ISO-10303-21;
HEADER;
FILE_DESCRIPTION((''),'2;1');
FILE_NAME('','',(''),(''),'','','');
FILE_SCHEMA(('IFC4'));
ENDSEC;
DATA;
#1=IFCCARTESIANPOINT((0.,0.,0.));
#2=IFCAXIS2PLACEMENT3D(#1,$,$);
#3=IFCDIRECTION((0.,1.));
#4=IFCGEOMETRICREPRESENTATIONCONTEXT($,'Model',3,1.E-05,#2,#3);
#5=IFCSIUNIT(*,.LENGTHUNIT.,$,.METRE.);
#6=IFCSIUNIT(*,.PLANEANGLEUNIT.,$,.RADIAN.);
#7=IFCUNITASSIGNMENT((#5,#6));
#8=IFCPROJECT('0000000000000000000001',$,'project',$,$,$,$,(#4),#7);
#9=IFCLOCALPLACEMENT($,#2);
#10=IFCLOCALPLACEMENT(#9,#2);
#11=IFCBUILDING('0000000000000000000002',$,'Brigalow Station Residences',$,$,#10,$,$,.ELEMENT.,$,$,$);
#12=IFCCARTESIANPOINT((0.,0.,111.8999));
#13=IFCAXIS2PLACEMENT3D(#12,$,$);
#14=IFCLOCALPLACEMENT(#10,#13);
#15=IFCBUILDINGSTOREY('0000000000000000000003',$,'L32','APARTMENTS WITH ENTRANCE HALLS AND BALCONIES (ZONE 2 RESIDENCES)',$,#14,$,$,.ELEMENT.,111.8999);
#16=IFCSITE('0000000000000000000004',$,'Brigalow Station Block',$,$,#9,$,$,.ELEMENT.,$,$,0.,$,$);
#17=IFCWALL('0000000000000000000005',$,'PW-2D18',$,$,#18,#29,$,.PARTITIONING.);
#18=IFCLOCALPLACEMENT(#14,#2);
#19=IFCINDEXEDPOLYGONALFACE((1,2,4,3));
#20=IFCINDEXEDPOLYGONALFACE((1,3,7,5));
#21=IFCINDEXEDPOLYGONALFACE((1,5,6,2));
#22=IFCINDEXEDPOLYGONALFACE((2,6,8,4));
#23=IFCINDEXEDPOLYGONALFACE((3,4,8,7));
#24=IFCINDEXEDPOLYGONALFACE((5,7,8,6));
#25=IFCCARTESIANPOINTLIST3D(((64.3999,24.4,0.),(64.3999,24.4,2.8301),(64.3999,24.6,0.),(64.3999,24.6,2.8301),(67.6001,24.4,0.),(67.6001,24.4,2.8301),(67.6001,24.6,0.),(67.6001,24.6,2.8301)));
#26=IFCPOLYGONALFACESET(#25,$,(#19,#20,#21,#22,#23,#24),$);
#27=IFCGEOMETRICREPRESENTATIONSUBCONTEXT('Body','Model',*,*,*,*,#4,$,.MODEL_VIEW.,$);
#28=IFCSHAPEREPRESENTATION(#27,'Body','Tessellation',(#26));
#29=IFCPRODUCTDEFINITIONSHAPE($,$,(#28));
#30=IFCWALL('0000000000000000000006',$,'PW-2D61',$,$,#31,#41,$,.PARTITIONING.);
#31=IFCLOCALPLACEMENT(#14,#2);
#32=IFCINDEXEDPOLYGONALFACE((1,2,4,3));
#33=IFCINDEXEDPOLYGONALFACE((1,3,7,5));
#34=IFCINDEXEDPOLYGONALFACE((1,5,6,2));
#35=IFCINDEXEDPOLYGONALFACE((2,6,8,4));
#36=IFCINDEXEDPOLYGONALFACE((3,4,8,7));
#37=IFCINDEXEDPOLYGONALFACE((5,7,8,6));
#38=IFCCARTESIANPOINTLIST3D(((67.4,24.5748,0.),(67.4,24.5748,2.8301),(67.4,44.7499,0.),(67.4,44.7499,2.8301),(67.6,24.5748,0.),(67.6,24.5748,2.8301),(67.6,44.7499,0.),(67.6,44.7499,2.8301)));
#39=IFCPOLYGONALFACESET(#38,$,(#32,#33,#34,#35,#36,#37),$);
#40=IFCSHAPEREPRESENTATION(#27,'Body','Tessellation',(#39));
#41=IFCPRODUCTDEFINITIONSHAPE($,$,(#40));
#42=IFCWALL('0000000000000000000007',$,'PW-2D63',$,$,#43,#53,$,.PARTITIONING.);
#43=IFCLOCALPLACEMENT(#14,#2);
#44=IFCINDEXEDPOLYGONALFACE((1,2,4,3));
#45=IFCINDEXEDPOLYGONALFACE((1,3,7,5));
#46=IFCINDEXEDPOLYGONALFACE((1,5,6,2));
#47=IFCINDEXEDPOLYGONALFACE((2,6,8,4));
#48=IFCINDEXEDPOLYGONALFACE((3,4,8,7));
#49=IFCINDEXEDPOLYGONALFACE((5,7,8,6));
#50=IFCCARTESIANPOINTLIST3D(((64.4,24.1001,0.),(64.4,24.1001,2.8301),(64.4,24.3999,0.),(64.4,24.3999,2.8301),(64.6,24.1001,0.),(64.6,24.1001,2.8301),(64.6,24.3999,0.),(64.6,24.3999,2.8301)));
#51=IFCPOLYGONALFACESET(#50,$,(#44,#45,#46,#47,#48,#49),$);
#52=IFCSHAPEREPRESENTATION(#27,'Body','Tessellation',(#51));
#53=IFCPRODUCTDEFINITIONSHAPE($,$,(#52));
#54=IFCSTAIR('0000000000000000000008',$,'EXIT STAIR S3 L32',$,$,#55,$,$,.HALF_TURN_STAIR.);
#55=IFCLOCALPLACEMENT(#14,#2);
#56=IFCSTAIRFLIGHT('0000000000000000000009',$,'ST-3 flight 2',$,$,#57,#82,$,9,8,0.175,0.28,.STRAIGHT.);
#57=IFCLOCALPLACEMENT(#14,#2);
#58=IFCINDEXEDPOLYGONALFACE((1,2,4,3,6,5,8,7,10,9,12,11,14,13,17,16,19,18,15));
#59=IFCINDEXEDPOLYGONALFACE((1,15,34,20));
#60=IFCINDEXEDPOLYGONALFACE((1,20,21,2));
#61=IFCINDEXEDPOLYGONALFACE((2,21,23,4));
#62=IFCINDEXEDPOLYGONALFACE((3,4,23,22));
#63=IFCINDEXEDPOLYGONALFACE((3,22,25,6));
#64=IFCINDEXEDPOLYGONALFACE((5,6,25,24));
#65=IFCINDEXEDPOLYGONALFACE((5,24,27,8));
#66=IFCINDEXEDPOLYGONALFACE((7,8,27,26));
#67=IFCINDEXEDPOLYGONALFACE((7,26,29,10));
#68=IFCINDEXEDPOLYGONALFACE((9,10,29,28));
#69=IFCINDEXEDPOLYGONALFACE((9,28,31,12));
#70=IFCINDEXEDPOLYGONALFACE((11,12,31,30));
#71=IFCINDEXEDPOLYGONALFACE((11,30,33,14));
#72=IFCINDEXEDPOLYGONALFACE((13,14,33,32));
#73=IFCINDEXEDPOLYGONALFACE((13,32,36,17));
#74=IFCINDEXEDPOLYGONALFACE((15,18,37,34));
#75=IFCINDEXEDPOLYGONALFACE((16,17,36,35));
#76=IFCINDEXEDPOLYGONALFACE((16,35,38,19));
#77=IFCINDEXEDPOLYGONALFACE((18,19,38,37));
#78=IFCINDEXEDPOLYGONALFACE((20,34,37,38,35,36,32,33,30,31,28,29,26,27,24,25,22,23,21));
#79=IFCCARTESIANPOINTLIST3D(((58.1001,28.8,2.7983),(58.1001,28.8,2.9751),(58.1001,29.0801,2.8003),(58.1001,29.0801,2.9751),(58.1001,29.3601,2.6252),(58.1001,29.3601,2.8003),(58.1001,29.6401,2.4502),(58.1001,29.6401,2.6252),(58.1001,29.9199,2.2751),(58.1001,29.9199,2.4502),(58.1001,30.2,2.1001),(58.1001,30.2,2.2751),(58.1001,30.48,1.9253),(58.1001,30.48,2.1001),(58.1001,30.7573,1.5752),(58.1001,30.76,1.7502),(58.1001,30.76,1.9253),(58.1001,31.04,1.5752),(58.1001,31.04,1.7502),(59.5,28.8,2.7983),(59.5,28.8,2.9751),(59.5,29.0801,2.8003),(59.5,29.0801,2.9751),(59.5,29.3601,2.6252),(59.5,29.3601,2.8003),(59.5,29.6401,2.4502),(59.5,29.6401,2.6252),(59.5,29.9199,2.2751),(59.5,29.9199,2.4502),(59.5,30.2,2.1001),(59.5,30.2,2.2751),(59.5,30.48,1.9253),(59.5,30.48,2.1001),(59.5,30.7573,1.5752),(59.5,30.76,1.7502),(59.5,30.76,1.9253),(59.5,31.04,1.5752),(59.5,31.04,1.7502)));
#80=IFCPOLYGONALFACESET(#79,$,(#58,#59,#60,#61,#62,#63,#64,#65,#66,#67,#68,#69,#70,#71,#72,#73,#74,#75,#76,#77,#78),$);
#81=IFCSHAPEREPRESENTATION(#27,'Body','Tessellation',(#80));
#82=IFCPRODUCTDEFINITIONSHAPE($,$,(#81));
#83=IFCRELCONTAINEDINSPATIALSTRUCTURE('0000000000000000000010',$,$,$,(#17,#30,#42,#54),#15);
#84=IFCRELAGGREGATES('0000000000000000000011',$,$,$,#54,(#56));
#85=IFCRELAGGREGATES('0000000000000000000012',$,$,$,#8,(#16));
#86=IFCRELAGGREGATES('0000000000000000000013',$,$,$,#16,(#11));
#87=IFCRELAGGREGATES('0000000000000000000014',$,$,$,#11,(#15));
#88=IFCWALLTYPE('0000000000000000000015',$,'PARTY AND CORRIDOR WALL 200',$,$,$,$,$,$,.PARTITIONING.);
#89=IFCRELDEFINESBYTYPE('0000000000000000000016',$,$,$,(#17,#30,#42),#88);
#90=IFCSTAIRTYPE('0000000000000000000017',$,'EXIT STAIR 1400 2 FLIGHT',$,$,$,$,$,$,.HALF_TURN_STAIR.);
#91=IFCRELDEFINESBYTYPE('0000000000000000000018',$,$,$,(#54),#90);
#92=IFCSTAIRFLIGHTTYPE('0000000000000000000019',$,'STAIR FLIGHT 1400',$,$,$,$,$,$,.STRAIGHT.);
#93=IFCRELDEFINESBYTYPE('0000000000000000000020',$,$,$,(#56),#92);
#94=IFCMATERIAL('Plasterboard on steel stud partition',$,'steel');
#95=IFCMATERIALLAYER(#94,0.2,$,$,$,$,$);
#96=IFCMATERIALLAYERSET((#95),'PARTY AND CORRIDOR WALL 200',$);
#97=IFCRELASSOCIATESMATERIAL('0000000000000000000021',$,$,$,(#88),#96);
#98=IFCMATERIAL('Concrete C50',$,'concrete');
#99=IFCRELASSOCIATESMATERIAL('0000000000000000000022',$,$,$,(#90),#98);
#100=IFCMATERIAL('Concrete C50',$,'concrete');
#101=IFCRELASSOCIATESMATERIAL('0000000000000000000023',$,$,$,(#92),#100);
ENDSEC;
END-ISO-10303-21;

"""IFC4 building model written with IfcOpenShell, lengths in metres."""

from ifc_helpers import new_model, si_unit, direction, frame, frame_2d, origin, place, context, subcontext, project, spatial, polyline, rectangle, outline, extrude, material, layer, layer_set, type_object, element, aggregate, save


model = new_model("IFC4")

# Units and contexts
model_context = context("Model", 3, precision=1e-05, world=origin(), true_north=direction((0.0, 1.0)))
body_context = subcontext(model_context, "Body", "Model", "MODEL_VIEW")
ifc_project = project(units=[si_unit("LENGTHUNIT", "METRE"), si_unit("PLANEANGLEUNIT", "RADIAN")], contexts=[model_context])

# Site, building, storey
site_placement = place(None, origin())
site = spatial("IfcSite", under=ifc_project, at=site_placement, Name="Brigalow Station Block", CompositionType="ELEMENT", RefElevation=0.0)
building_placement = place(site_placement, origin())
building = spatial("IfcBuilding", under=site, at=building_placement, Name="Brigalow Station Residences", CompositionType="ELEMENT")
storey_placement = place(building_placement, frame((0.0, 0.0, 111.8999)))
storey = spatial("IfcBuildingStorey", under=building, at=storey_placement, Name="L32", Description="APARTMENTS WITH ENTRANCE HALLS AND BALCONIES (ZONE 2 RESIDENCES)", CompositionType="ELEMENT", Elevation=111.8999)

# Walls
ifc_material_1 = material(Name="Plasterboard on steel stud partition", Category="steel")
ifc_layer_1 = layer(ifc_material_1, 0.2)
ifc_layer_set_1 = layer_set([ifc_layer_1], Name="PARTY AND CORRIDOR WALL 200")
wall_type_1 = type_object("IfcWallType", Name="PARTY AND CORRIDOR WALL 200", PredefinedType="PARTITIONING", material=ifc_layer_set_1)
wall_1_placement = place(storey_placement, frame((64.3999, 24.5, 0.0), z_axis=(0.0, 0.0, 1.0), x_axis=(1.0, 0.0, 0.0)))
element("IfcWall", 1, at=wall_1_placement, inside=storey, type_object=wall_type_1, Name="PW-2D18", PredefinedType="PARTITIONING", context=body_context, shape_type="SweptSolid", body=[
    extrude(rectangle(XDim=3.2002, YDim=0.2, at=frame_2d((1.6001, 0.0))), origin(), (0.0, 0.0, 1.0), 2.8301),
])
wall_2_placement = place(storey_placement, frame((67.5, 24.575, 0.0), z_axis=(0.0, 0.0, 1.0), x_axis=(0.0, 1.0, 0.0)))
element("IfcWall", 2, at=wall_2_placement, inside=storey, type_object=wall_type_1, Name="PW-2D61", PredefinedType="PARTITIONING", context=body_context, shape_type="SweptSolid", body=[
    extrude(rectangle(XDim=20.175, YDim=0.2, at=frame_2d((10.0874, 0.0))), origin(), (0.0, 0.0, 1.0), 2.8301),
])
wall_3_placement = place(storey_placement, frame((64.5, 24.1001, 0.0), z_axis=(0.0, 0.0, 1.0), x_axis=(0.0, 1.0, 0.0)))
element("IfcWall", 3, at=wall_3_placement, inside=storey, type_object=wall_type_1, Name="PW-2D63", PredefinedType="PARTITIONING", context=body_context, shape_type="SweptSolid", body=[
    extrude(rectangle(XDim=0.2998, YDim=0.2, at=frame_2d((0.1499, 0.0))), origin(), (0.0, 0.0, 1.0), 2.8301),
])

# Stair, stair flight
ifc_material_2 = material(Name="Concrete C50", Category="concrete")
stair_type = type_object("IfcStairType", Name="EXIT STAIR 1400 2 FLIGHT", PredefinedType="HALF_TURN_STAIR", material=ifc_material_2)
stair_placement = place(storey_placement, origin())
stair = element("IfcStair", 4, at=stair_placement, inside=storey, type_object=stair_type, Name="EXIT STAIR S3 L32", PredefinedType="HALF_TURN_STAIR")
ifc_material_3 = material(Name="Concrete C50", Category="concrete")
stair_flight_type = type_object("IfcStairFlightType", Name="STAIR FLIGHT 1400", PredefinedType="STRAIGHT", material=ifc_material_3)
stair_flight_placement = place(storey_placement, frame((58.8, 31.04, 1.5752), z_axis=(0.0, 0.0, 1.0), x_axis=(0.0, -1.0, 0.0)))
stair_flight = element("IfcStairFlight", 5, at=stair_flight_placement, type_object=stair_flight_type, Name="ST-3 flight 2", NumberOfRisers=9, NumberOfTreads=8, PredefinedType="STRAIGHT", RiserHeight=0.175, TreadLength=0.28, context=body_context, shape_type="SweptSolid", body=[
    extrude(outline(polyline([(0.0, 0.0), (0.0, 0.175), (0.28, 0.175), (0.28, 0.3501), (0.5601, 0.3501), (0.5601, 0.5249), (0.8401, 0.5249), (0.8401, 0.7), (1.1201, 0.7), (1.1201, 0.875), (1.3999, 0.875), (1.3999, 1.05), (1.6799, 1.05), (1.6799, 1.2251), (1.96, 1.2251), (1.96, 1.3999), (2.24, 1.3999), (2.24, 1.575), (2.24, 1.2231), (0.2827, 0.0), (0.0, 0.0)])), frame((0.0, 0.7, 0.0), z_axis=(0.0, -1.0, 0.0), x_axis=(1.0, 0.0, 0.0)), (0.0, 0.0, 1.0), 1.3999),
])
aggregate(stair, [stair_flight])

save(model, "model.ifc")
